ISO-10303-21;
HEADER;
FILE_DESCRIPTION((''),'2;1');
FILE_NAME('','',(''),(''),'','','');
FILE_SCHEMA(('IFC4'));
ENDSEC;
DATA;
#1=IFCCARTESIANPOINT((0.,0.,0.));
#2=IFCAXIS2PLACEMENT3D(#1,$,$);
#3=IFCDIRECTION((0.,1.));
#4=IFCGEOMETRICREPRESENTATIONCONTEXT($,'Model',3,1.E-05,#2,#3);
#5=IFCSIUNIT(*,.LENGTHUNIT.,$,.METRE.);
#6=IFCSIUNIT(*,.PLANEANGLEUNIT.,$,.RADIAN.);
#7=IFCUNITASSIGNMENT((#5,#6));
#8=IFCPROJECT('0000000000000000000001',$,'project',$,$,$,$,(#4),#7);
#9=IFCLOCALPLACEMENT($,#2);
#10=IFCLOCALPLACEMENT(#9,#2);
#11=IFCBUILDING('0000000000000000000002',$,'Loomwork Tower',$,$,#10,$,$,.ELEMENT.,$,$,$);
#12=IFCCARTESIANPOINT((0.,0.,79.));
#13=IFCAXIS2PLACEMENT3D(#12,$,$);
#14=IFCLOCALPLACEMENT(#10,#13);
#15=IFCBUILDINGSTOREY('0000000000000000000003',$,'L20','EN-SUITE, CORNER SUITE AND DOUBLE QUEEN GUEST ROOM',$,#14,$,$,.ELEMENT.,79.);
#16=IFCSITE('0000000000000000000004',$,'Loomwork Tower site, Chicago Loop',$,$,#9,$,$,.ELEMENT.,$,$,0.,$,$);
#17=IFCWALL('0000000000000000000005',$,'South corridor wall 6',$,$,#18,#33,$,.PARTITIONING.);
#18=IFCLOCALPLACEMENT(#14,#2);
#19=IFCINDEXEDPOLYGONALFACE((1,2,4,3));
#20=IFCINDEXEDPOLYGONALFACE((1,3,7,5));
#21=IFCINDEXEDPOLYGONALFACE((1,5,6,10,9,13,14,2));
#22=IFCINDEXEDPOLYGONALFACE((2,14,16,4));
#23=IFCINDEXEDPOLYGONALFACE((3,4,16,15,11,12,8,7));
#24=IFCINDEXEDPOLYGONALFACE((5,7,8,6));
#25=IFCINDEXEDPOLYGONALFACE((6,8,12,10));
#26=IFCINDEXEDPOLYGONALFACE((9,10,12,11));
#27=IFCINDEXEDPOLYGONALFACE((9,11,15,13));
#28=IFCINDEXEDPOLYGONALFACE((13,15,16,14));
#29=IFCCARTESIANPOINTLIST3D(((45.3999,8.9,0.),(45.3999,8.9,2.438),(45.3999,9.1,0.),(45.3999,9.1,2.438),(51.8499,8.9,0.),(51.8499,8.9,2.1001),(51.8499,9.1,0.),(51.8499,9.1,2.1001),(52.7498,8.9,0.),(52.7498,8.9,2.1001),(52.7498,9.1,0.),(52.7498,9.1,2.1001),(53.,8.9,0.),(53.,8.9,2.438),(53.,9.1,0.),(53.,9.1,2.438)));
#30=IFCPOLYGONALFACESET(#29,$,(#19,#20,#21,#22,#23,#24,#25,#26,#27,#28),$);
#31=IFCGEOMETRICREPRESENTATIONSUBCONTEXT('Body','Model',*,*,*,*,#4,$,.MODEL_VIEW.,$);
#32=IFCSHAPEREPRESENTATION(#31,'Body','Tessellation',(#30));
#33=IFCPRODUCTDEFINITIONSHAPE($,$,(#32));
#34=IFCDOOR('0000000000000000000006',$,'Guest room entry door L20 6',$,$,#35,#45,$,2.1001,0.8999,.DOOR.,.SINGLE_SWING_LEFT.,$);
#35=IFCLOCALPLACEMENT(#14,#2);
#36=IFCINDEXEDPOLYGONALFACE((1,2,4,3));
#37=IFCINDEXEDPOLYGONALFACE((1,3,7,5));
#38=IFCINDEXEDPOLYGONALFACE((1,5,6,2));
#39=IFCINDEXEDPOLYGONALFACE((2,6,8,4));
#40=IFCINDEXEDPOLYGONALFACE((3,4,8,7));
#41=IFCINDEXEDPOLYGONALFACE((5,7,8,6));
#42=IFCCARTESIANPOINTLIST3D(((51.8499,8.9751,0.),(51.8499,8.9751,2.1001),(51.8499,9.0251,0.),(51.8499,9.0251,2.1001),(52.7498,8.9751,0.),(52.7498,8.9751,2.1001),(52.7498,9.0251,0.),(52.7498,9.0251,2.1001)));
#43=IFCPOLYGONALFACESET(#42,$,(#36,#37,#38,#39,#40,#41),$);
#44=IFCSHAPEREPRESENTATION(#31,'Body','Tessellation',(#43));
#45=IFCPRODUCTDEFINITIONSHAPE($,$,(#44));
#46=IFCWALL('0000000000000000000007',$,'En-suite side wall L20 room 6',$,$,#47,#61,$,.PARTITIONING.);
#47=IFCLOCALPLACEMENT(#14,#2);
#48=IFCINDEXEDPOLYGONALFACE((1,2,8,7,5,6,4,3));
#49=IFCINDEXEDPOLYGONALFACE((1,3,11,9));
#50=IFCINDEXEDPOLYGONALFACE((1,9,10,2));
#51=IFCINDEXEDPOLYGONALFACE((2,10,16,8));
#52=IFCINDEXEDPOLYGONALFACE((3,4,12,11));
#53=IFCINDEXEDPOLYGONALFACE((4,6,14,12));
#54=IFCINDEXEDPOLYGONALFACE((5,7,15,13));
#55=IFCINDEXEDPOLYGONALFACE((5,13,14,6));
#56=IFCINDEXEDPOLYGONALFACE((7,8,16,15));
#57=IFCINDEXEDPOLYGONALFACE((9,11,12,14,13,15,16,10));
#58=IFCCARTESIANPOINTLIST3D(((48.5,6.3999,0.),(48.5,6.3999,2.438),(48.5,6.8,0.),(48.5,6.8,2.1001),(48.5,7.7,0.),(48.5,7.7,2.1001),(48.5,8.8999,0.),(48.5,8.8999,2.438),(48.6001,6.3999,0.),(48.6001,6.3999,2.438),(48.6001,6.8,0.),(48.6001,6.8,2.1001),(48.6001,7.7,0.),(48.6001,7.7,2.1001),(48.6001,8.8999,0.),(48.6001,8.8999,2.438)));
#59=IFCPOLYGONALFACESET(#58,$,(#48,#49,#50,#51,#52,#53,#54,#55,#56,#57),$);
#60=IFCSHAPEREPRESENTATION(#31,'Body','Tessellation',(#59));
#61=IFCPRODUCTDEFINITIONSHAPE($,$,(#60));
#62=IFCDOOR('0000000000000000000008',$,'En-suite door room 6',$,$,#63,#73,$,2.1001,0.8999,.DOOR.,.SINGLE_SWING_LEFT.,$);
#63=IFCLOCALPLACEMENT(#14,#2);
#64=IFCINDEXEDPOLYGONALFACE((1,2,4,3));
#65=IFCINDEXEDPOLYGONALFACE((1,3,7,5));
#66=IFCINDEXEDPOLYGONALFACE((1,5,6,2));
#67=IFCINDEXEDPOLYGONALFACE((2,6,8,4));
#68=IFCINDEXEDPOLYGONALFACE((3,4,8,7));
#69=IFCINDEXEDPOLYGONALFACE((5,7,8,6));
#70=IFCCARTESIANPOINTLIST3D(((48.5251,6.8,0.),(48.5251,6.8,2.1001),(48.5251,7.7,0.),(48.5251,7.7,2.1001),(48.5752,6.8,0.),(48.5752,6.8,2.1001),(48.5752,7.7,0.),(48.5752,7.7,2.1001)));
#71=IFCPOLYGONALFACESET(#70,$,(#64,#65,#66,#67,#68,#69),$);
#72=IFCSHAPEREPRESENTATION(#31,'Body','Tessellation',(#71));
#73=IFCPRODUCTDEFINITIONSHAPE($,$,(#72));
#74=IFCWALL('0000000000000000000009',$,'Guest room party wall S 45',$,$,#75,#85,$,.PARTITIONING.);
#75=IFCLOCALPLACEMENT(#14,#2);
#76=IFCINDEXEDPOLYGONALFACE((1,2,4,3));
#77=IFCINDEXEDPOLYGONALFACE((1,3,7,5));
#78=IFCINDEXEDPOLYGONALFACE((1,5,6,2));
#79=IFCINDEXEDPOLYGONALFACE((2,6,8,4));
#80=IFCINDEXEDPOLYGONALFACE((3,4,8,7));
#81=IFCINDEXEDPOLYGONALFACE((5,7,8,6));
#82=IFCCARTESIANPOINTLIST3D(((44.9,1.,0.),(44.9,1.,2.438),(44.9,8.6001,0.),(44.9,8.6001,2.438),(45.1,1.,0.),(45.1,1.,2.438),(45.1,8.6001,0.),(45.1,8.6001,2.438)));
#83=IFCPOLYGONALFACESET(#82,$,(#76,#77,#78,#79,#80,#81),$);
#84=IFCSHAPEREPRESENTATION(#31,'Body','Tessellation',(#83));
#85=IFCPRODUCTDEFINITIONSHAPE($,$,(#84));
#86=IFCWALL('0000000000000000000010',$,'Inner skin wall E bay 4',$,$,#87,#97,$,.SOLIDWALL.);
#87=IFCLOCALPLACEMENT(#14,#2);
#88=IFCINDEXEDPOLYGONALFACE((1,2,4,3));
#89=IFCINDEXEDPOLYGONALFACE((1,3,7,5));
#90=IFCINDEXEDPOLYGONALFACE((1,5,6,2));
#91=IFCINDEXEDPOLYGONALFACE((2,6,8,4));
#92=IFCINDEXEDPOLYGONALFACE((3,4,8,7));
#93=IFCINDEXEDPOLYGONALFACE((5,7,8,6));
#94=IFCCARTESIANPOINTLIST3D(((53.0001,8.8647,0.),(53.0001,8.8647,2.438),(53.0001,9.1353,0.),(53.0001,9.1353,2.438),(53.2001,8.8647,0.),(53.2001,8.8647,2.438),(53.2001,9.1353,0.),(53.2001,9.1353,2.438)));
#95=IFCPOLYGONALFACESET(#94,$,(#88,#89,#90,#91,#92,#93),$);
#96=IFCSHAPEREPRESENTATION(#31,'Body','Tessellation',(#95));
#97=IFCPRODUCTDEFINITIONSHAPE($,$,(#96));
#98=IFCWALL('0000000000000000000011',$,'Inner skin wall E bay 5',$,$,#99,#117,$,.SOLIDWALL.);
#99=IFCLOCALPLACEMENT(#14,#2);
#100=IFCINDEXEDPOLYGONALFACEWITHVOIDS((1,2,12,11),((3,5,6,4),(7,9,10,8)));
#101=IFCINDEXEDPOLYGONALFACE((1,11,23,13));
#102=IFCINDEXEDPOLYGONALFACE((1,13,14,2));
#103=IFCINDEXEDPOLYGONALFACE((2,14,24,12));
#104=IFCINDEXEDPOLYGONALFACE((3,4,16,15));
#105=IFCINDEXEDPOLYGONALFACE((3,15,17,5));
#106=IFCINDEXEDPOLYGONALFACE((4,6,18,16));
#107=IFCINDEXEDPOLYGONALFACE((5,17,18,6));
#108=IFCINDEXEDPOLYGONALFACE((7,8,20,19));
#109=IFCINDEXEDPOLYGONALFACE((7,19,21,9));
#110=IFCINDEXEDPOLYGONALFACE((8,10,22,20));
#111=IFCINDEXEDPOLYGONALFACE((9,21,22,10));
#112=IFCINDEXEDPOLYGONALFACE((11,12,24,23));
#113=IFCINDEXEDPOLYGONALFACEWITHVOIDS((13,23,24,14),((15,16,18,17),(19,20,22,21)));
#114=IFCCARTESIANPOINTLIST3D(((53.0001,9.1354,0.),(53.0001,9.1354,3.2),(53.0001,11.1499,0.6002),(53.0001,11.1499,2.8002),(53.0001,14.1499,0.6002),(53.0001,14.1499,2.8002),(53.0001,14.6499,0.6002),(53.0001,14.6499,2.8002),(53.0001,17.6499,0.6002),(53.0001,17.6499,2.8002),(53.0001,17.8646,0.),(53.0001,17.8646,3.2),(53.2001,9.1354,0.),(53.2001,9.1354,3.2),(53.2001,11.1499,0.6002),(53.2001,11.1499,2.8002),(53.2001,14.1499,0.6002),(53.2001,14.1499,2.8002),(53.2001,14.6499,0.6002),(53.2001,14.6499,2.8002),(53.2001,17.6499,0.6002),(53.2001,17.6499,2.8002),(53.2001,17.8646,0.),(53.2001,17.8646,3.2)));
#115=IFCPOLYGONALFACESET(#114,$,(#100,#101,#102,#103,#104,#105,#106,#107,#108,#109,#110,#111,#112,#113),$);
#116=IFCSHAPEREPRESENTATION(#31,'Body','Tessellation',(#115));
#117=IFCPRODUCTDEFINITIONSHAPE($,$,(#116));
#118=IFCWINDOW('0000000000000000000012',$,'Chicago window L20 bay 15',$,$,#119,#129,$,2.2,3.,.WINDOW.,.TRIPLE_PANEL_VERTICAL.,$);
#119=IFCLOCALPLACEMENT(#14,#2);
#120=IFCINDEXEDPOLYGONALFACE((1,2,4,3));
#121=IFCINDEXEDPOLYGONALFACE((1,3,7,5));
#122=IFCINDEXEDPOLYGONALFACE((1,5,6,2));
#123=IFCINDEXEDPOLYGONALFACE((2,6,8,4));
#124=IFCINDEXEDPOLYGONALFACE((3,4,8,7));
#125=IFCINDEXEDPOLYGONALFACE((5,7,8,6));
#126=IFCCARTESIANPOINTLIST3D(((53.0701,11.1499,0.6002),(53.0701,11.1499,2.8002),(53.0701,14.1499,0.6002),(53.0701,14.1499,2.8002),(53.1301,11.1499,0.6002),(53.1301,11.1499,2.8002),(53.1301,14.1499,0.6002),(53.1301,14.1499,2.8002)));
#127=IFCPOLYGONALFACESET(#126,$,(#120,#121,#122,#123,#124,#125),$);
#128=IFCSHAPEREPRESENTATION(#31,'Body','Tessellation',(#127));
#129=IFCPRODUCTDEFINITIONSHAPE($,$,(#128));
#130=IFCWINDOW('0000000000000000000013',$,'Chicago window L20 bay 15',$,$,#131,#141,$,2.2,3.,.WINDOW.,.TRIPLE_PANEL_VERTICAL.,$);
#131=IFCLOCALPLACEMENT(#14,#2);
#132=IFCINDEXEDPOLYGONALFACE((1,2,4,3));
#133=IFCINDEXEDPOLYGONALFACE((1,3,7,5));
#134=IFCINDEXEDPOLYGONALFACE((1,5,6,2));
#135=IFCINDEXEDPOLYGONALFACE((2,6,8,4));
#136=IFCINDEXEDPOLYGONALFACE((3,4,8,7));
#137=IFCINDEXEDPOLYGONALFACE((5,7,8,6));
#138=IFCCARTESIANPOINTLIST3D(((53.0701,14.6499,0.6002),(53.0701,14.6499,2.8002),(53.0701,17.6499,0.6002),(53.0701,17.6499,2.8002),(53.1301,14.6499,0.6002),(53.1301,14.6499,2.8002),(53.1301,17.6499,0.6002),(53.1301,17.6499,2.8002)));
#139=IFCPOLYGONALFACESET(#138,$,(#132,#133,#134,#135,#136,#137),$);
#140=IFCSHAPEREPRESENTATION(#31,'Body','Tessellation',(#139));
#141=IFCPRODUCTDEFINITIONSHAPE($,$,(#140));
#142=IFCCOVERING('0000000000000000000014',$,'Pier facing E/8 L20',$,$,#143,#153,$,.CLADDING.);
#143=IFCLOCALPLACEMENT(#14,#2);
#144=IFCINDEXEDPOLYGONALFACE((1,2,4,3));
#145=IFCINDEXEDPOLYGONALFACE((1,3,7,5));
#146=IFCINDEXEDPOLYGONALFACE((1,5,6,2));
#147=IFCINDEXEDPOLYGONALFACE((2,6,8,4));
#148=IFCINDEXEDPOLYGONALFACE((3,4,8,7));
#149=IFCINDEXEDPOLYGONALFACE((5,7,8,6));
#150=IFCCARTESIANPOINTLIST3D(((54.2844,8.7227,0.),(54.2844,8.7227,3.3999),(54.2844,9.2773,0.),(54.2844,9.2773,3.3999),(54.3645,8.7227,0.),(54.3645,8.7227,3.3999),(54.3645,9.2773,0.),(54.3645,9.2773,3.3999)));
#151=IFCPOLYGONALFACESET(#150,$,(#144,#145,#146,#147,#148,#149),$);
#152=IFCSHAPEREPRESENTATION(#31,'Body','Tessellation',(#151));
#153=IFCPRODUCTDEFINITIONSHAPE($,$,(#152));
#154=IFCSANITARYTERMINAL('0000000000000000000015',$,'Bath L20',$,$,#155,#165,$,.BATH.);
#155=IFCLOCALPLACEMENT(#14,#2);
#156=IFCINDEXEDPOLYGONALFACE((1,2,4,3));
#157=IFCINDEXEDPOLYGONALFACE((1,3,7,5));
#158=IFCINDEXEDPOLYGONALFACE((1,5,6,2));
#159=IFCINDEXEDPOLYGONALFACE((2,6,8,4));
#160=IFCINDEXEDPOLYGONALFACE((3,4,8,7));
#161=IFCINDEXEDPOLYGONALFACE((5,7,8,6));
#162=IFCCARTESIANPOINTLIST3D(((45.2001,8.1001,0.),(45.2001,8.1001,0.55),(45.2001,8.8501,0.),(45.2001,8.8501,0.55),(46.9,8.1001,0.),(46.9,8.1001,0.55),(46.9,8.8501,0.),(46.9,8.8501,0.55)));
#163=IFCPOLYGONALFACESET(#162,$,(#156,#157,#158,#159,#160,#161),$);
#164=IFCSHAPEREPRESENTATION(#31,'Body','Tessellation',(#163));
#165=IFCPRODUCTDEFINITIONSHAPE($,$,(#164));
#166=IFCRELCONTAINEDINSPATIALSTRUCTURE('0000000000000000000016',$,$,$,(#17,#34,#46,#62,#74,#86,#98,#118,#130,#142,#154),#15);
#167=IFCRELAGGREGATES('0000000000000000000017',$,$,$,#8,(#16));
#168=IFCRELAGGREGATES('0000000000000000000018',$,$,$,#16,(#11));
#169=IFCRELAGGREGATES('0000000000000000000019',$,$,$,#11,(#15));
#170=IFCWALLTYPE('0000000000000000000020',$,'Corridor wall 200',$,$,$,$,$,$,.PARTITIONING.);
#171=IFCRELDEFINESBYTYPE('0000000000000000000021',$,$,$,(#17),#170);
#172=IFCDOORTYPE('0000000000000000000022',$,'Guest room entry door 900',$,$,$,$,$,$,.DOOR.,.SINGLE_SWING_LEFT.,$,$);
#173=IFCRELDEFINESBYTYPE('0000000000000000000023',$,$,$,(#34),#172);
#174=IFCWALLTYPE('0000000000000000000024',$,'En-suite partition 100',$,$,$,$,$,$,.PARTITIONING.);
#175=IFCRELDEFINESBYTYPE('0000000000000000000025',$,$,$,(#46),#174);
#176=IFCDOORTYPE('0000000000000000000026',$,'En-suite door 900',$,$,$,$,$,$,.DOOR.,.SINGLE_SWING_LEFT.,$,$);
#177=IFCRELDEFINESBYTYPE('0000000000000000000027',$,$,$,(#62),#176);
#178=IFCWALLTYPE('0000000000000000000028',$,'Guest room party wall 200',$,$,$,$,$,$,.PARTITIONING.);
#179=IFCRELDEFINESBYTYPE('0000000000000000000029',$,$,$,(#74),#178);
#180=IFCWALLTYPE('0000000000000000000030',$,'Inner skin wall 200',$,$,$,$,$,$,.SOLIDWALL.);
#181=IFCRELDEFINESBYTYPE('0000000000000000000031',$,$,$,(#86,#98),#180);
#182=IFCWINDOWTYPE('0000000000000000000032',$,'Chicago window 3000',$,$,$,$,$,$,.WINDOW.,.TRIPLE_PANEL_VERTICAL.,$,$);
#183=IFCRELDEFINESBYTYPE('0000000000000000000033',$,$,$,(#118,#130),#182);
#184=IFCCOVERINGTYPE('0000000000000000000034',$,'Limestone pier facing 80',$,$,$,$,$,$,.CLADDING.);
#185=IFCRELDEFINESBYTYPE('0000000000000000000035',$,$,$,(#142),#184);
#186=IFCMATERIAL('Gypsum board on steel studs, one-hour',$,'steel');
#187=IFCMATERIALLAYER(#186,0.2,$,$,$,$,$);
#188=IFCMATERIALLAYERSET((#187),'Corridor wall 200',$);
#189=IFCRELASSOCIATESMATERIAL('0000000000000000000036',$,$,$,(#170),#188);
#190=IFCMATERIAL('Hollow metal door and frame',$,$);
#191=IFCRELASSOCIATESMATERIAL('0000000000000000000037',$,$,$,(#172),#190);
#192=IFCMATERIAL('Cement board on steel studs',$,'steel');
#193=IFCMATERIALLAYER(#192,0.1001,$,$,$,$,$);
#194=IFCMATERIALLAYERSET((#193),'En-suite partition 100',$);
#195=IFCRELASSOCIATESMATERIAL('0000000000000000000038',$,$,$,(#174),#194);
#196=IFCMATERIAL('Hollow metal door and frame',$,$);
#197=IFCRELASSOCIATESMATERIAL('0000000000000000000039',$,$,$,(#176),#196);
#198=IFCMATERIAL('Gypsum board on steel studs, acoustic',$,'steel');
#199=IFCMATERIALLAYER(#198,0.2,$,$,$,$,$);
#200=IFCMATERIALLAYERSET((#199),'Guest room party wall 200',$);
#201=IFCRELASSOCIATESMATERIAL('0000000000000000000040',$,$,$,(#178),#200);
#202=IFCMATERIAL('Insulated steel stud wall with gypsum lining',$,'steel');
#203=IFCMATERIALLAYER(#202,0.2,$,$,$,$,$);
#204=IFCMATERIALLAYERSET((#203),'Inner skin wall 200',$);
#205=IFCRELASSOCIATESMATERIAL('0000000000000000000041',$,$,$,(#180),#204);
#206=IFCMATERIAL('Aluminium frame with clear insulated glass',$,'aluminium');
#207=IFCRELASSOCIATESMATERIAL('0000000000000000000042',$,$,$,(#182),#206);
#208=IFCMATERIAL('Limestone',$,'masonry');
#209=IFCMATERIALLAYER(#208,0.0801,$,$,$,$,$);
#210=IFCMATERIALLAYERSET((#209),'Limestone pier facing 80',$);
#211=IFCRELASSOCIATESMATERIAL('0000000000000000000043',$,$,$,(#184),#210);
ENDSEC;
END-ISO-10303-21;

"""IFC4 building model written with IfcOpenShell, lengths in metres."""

from ifc_helpers import new_model, si_unit, direction, frame, frame_2d, origin, origin_2d, place, context, subcontext, project, spatial, rectangle, extrude, material, layer, layer_set, type_object, element, fill, save


model = new_model("IFC4")

# Units and contexts
model_context = context("Model", 3, precision=1e-05, world=origin(), true_north=direction((0.0, 1.0)))
body_context = subcontext(model_context, "Body", "Model", "MODEL_VIEW")
ifc_project = project(units=[si_unit("LENGTHUNIT", "METRE"), si_unit("PLANEANGLEUNIT", "RADIAN")], contexts=[model_context])

# Site, building, storey
site_placement = place(None, origin())
site = spatial("IfcSite", under=ifc_project, at=site_placement, Name="Loomwork Tower site, Chicago Loop", CompositionType="ELEMENT", RefElevation=0.0)
building_placement = place(site_placement, origin())
building = spatial("IfcBuilding", under=site, at=building_placement, Name="Loomwork Tower", CompositionType="ELEMENT")
storey_placement = place(building_placement, frame((0.0, 0.0, 79.0)))
storey = spatial("IfcBuildingStorey", under=building, at=storey_placement, Name="L20", Description="EN-SUITE, CORNER SUITE AND DOUBLE QUEEN GUEST ROOM", CompositionType="ELEMENT", Elevation=79.0)

# Walls, openings, doors
ifc_material_1 = material(Name="Gypsum board on steel studs, one-hour", Category="steel")
ifc_layer_1 = layer(ifc_material_1, 0.2)
ifc_layer_set_1 = layer_set([ifc_layer_1], Name="Corridor wall 200")
wall_type_1 = type_object("IfcWallType", Name="Corridor wall 200", PredefinedType="PARTITIONING", material=ifc_layer_set_1)
wall_1_placement = place(storey_placement, frame((45.3999, 9.0, 0.0), z_axis=(0.0, 0.0, 1.0), x_axis=(1.0, 0.0, 0.0)))
wall_1 = element("IfcWall", 1, at=wall_1_placement, inside=storey, type_object=wall_type_1, Name="South corridor wall 6", PredefinedType="PARTITIONING", context=body_context, shape_type="SweptSolid", body=[
    extrude(rectangle(XDim=7.6001, YDim=0.2, at=frame_2d((3.8, 0.0))), origin(), (0.0, 0.0, 1.0), 2.438),
])
opening_1_placement = place(wall_1_placement, frame((6.45, 0.0, 0.0)))
opening_1 = element("IfcOpeningElement", 2, at=opening_1_placement, cuts=wall_1, PredefinedType="OPENING", context=body_context, shape_type="SweptSolid", body=[
    extrude(rectangle(XDim=0.8999, YDim=2.1001, at=frame_2d((0.45, 1.05))), frame((0.0, 0.1099, 0.0), z_axis=(0.0, -1.0, 0.0), x_axis=(1.0, 0.0, 0.0)), (0.0, 0.0, 1.0), 0.22),
])
ifc_material_2 = material(Name="Hollow metal door and frame")
door_type_1 = type_object("IfcDoorType", Name="Guest room entry door 900", OperationType="SINGLE_SWING_LEFT", PredefinedType="DOOR", material=ifc_material_2)
door_1_placement = place(opening_1_placement, frame((0.8999, 0.0, 0.0), z_axis=(0.0, 0.0, 1.0), x_axis=(-1.0, 0.0, 0.0)))
door_1 = element("IfcDoor", 3, at=door_1_placement, inside=storey, type_object=door_type_1, Name="Guest room entry door L20 6", OperationType="SINGLE_SWING_LEFT", OverallHeight=2.1001, OverallWidth=0.8999, PredefinedType="DOOR", context=body_context, shape_type="SweptSolid", body=[
    extrude(rectangle(XDim=0.8999, YDim=2.1001, at=frame_2d((0.45, 1.05))), frame((0.0, 0.0249, 0.0), z_axis=(0.0, -1.0, 0.0), x_axis=(1.0, 0.0, 0.0)), (0.0, 0.0, 1.0), 0.05),
])
fill(opening_1, door_1)
ifc_material_3 = material(Name="Cement board on steel studs", Category="steel")
ifc_layer_2 = layer(ifc_material_3, 0.1001)
ifc_layer_set_2 = layer_set([ifc_layer_2], Name="En-suite partition 100")
wall_type_2 = type_object("IfcWallType", Name="En-suite partition 100", PredefinedType="PARTITIONING", material=ifc_layer_set_2)
wall_2_placement = place(storey_placement, frame((48.55, 8.8999, 0.0), z_axis=(0.0, 0.0, 1.0), x_axis=(0.0, -1.0, 0.0)))
wall_2 = element("IfcWall", 4, at=wall_2_placement, inside=storey, type_object=wall_type_2, Name="En-suite side wall L20 room 6", PredefinedType="PARTITIONING", context=body_context, shape_type="SweptSolid", body=[
    extrude(rectangle(XDim=2.5, YDim=0.1001, at=frame_2d((1.25, 0.0))), origin(), (0.0, 0.0, 1.0), 2.438),
])
opening_2_placement = place(wall_2_placement, frame((1.2, 0.0, 0.0)))
opening_2 = element("IfcOpeningElement", 5, at=opening_2_placement, cuts=wall_2, PredefinedType="OPENING", context=body_context, shape_type="SweptSolid", body=[
    extrude(rectangle(XDim=0.8999, YDim=2.1001, at=frame_2d((0.45, 1.05))), frame((0.0, 0.0601, 0.0), z_axis=(0.0, -1.0, 0.0), x_axis=(1.0, 0.0, 0.0)), (0.0, 0.0, 1.0), 0.1201),
])
ifc_material_4 = material(Name="Hollow metal door and frame")
door_type_2 = type_object("IfcDoorType", Name="En-suite door 900", OperationType="SINGLE_SWING_LEFT", PredefinedType="DOOR", material=ifc_material_4)
door_2_placement = place(opening_2_placement, frame((0.8999, 0.0, 0.0), z_axis=(0.0, 0.0, 1.0), x_axis=(-1.0, 0.0, 0.0)))
door_2 = element("IfcDoor", 6, at=door_2_placement, inside=storey, type_object=door_type_2, Name="En-suite door room 6", OperationType="SINGLE_SWING_LEFT", OverallHeight=2.1001, OverallWidth=0.8999, PredefinedType="DOOR", context=body_context, shape_type="SweptSolid", body=[
    extrude(rectangle(XDim=0.8999, YDim=2.1001, at=frame_2d((0.45, 1.05))), frame((0.0, 0.0249, 0.0), z_axis=(0.0, -1.0, 0.0), x_axis=(1.0, 0.0, 0.0)), (0.0, 0.0, 1.0), 0.05),
])
fill(opening_2, door_2)

# Walls
ifc_material_5 = material(Name="Gypsum board on steel studs, acoustic", Category="steel")
ifc_layer_3 = layer(ifc_material_5, 0.2)
ifc_layer_set_3 = layer_set([ifc_layer_3], Name="Guest room party wall 200")
wall_type_3 = type_object("IfcWallType", Name="Guest room party wall 200", PredefinedType="PARTITIONING", material=ifc_layer_set_3)
wall_3_placement = place(storey_placement, frame((45.0, 8.6001, 0.0), z_axis=(0.0, 0.0, 1.0), x_axis=(0.0, -1.0, 0.0)))
element("IfcWall", 7, at=wall_3_placement, inside=storey, type_object=wall_type_3, Name="Guest room party wall S 45", PredefinedType="PARTITIONING", context=body_context, shape_type="SweptSolid", body=[
    extrude(rectangle(XDim=7.6001, YDim=0.2, at=frame_2d((3.8, 0.0))), origin(), (0.0, 0.0, 1.0), 2.438),
])
ifc_material_6 = material(Name="Insulated steel stud wall with gypsum lining", Category="steel")
ifc_layer_4 = layer(ifc_material_6, 0.2)
ifc_layer_set_4 = layer_set([ifc_layer_4], Name="Inner skin wall 200")
wall_type_4 = type_object("IfcWallType", Name="Inner skin wall 200", PredefinedType="SOLIDWALL", material=ifc_layer_set_4)
wall_4_placement = place(storey_placement, frame((53.1001, 8.8647, 0.0), z_axis=(0.0, 0.0, 1.0), x_axis=(0.0, 1.0, 0.0)))
element("IfcWall", 8, at=wall_4_placement, inside=storey, type_object=wall_type_4, Name="Inner skin wall E bay 4", PredefinedType="SOLIDWALL", context=body_context, shape_type="SweptSolid", body=[
    extrude(rectangle(XDim=0.2705, YDim=0.2, at=frame_2d((0.1353, 0.0))), origin(), (0.0, 0.0, 1.0), 2.438),
])

# Wall, openings, windows
wall_5_placement = place(storey_placement, frame((53.1001, 9.1353, 0.0), z_axis=(0.0, 0.0, 1.0), x_axis=(0.0, 1.0, 0.0)))
wall_5 = element("IfcWall", 9, at=wall_5_placement, inside=storey, type_object=wall_type_4, Name="Inner skin wall E bay 5", PredefinedType="SOLIDWALL", context=body_context, shape_type="SweptSolid", body=[
    extrude(rectangle(XDim=8.7292, YDim=0.2, at=frame_2d((4.3647, 0.0))), origin(), (0.0, 0.0, 1.0), 3.2),
])
opening_3_placement = place(wall_5_placement, frame((2.0146, 0.0, 0.6001)))
opening_3 = element("IfcOpeningElement", 10, at=opening_3_placement, cuts=wall_5, PredefinedType="OPENING", context=body_context, shape_type="SweptSolid", body=[
    extrude(rectangle(XDim=3.0, YDim=2.2, at=frame_2d((1.5, 1.1001))), frame((0.0, 0.1099, 0.0), z_axis=(0.0, -1.0, 0.0), x_axis=(1.0, 0.0, 0.0)), (0.0, 0.0, 1.0), 0.22),
])
opening_4_placement = place(wall_5_placement, frame((5.5146, 0.0, 0.6001)))
opening_4 = element("IfcOpeningElement", 11, at=opening_4_placement, cuts=wall_5, PredefinedType="OPENING", context=body_context, shape_type="SweptSolid", body=[
    extrude(rectangle(XDim=3.0, YDim=2.2, at=frame_2d((1.5, 1.1001))), frame((0.0, 0.1099, 0.0), z_axis=(0.0, -1.0, 0.0), x_axis=(1.0, 0.0, 0.0)), (0.0, 0.0, 1.0), 0.22),
])
ifc_material_7 = material(Name="Aluminium frame with clear insulated glass", Category="aluminium")
window_type = type_object("IfcWindowType", Name="Chicago window 3000", PartitioningType="TRIPLE_PANEL_VERTICAL", PredefinedType="WINDOW", material=ifc_material_7)
window_1_placement = place(opening_3_placement, origin())
window_1 = element("IfcWindow", 12, at=window_1_placement, inside=storey, type_object=window_type, Name="Chicago window L20 bay 15", OverallHeight=2.2, OverallWidth=3.0, PartitioningType="TRIPLE_PANEL_VERTICAL", PredefinedType="WINDOW", context=body_context, shape_type="SweptSolid", body=[
    extrude(rectangle(XDim=3.0, YDim=2.2, at=frame_2d((1.5, 1.1001))), frame((0.0, 0.03, 0.0), z_axis=(0.0, -1.0, 0.0), x_axis=(1.0, 0.0, 0.0)), (0.0, 0.0, 1.0), 0.0601),
])
fill(opening_3, window_1)
window_2_placement = place(opening_4_placement, origin())
window_2 = element("IfcWindow", 13, at=window_2_placement, inside=storey, type_object=window_type, Name="Chicago window L20 bay 15", OverallHeight=2.2, OverallWidth=3.0, PartitioningType="TRIPLE_PANEL_VERTICAL", PredefinedType="WINDOW", context=body_context, shape_type="SweptSolid", body=[
    extrude(rectangle(XDim=3.0, YDim=2.2, at=frame_2d((1.5, 1.1001))), frame((0.0, 0.03, 0.0), z_axis=(0.0, -1.0, 0.0), x_axis=(1.0, 0.0, 0.0)), (0.0, 0.0, 1.0), 0.0601),
])
fill(opening_4, window_2)

# Covering
ifc_material_8 = material(Name="Limestone", Category="masonry")
ifc_layer_5 = layer(ifc_material_8, 0.0801)
ifc_layer_set_5 = layer_set([ifc_layer_5], Name="Limestone pier facing 80")
covering_type = type_object("IfcCoveringType", Name="Limestone pier facing 80", PredefinedType="CLADDING", material=ifc_layer_set_5)
covering_placement = place(storey_placement, frame((54.3245, 9.0, 0.0), z_axis=(0.0, 0.0, 1.0), x_axis=(1.0, 0.0, 0.0)))
element("IfcCovering", 14, at=covering_placement, inside=storey, type_object=covering_type, Name="Pier facing E/8 L20", PredefinedType="CLADDING", context=body_context, shape_type="SweptSolid", body=[
    extrude(rectangle(XDim=0.0801, YDim=0.5547, at=origin_2d()), origin(), (0.0, 0.0, 1.0), 3.3999),
])

# Sanitary terminal
sanitary_terminal_1_placement = place(storey_placement, frame((46.05, 8.4751, 0.0), z_axis=(0.0, 0.0, 1.0), x_axis=(1.0, 0.0, 0.0)))
element("IfcSanitaryTerminal", 15, at=sanitary_terminal_1_placement, inside=storey, Name="Bath L20", PredefinedType="BATH", context=body_context, shape_type="SweptSolid", body=[
    extrude(rectangle(XDim=1.7, YDim=0.75, at=origin_2d()), origin(), (0.0, 0.0, 1.0), 0.55),
])

save(model, "model.ifc")
